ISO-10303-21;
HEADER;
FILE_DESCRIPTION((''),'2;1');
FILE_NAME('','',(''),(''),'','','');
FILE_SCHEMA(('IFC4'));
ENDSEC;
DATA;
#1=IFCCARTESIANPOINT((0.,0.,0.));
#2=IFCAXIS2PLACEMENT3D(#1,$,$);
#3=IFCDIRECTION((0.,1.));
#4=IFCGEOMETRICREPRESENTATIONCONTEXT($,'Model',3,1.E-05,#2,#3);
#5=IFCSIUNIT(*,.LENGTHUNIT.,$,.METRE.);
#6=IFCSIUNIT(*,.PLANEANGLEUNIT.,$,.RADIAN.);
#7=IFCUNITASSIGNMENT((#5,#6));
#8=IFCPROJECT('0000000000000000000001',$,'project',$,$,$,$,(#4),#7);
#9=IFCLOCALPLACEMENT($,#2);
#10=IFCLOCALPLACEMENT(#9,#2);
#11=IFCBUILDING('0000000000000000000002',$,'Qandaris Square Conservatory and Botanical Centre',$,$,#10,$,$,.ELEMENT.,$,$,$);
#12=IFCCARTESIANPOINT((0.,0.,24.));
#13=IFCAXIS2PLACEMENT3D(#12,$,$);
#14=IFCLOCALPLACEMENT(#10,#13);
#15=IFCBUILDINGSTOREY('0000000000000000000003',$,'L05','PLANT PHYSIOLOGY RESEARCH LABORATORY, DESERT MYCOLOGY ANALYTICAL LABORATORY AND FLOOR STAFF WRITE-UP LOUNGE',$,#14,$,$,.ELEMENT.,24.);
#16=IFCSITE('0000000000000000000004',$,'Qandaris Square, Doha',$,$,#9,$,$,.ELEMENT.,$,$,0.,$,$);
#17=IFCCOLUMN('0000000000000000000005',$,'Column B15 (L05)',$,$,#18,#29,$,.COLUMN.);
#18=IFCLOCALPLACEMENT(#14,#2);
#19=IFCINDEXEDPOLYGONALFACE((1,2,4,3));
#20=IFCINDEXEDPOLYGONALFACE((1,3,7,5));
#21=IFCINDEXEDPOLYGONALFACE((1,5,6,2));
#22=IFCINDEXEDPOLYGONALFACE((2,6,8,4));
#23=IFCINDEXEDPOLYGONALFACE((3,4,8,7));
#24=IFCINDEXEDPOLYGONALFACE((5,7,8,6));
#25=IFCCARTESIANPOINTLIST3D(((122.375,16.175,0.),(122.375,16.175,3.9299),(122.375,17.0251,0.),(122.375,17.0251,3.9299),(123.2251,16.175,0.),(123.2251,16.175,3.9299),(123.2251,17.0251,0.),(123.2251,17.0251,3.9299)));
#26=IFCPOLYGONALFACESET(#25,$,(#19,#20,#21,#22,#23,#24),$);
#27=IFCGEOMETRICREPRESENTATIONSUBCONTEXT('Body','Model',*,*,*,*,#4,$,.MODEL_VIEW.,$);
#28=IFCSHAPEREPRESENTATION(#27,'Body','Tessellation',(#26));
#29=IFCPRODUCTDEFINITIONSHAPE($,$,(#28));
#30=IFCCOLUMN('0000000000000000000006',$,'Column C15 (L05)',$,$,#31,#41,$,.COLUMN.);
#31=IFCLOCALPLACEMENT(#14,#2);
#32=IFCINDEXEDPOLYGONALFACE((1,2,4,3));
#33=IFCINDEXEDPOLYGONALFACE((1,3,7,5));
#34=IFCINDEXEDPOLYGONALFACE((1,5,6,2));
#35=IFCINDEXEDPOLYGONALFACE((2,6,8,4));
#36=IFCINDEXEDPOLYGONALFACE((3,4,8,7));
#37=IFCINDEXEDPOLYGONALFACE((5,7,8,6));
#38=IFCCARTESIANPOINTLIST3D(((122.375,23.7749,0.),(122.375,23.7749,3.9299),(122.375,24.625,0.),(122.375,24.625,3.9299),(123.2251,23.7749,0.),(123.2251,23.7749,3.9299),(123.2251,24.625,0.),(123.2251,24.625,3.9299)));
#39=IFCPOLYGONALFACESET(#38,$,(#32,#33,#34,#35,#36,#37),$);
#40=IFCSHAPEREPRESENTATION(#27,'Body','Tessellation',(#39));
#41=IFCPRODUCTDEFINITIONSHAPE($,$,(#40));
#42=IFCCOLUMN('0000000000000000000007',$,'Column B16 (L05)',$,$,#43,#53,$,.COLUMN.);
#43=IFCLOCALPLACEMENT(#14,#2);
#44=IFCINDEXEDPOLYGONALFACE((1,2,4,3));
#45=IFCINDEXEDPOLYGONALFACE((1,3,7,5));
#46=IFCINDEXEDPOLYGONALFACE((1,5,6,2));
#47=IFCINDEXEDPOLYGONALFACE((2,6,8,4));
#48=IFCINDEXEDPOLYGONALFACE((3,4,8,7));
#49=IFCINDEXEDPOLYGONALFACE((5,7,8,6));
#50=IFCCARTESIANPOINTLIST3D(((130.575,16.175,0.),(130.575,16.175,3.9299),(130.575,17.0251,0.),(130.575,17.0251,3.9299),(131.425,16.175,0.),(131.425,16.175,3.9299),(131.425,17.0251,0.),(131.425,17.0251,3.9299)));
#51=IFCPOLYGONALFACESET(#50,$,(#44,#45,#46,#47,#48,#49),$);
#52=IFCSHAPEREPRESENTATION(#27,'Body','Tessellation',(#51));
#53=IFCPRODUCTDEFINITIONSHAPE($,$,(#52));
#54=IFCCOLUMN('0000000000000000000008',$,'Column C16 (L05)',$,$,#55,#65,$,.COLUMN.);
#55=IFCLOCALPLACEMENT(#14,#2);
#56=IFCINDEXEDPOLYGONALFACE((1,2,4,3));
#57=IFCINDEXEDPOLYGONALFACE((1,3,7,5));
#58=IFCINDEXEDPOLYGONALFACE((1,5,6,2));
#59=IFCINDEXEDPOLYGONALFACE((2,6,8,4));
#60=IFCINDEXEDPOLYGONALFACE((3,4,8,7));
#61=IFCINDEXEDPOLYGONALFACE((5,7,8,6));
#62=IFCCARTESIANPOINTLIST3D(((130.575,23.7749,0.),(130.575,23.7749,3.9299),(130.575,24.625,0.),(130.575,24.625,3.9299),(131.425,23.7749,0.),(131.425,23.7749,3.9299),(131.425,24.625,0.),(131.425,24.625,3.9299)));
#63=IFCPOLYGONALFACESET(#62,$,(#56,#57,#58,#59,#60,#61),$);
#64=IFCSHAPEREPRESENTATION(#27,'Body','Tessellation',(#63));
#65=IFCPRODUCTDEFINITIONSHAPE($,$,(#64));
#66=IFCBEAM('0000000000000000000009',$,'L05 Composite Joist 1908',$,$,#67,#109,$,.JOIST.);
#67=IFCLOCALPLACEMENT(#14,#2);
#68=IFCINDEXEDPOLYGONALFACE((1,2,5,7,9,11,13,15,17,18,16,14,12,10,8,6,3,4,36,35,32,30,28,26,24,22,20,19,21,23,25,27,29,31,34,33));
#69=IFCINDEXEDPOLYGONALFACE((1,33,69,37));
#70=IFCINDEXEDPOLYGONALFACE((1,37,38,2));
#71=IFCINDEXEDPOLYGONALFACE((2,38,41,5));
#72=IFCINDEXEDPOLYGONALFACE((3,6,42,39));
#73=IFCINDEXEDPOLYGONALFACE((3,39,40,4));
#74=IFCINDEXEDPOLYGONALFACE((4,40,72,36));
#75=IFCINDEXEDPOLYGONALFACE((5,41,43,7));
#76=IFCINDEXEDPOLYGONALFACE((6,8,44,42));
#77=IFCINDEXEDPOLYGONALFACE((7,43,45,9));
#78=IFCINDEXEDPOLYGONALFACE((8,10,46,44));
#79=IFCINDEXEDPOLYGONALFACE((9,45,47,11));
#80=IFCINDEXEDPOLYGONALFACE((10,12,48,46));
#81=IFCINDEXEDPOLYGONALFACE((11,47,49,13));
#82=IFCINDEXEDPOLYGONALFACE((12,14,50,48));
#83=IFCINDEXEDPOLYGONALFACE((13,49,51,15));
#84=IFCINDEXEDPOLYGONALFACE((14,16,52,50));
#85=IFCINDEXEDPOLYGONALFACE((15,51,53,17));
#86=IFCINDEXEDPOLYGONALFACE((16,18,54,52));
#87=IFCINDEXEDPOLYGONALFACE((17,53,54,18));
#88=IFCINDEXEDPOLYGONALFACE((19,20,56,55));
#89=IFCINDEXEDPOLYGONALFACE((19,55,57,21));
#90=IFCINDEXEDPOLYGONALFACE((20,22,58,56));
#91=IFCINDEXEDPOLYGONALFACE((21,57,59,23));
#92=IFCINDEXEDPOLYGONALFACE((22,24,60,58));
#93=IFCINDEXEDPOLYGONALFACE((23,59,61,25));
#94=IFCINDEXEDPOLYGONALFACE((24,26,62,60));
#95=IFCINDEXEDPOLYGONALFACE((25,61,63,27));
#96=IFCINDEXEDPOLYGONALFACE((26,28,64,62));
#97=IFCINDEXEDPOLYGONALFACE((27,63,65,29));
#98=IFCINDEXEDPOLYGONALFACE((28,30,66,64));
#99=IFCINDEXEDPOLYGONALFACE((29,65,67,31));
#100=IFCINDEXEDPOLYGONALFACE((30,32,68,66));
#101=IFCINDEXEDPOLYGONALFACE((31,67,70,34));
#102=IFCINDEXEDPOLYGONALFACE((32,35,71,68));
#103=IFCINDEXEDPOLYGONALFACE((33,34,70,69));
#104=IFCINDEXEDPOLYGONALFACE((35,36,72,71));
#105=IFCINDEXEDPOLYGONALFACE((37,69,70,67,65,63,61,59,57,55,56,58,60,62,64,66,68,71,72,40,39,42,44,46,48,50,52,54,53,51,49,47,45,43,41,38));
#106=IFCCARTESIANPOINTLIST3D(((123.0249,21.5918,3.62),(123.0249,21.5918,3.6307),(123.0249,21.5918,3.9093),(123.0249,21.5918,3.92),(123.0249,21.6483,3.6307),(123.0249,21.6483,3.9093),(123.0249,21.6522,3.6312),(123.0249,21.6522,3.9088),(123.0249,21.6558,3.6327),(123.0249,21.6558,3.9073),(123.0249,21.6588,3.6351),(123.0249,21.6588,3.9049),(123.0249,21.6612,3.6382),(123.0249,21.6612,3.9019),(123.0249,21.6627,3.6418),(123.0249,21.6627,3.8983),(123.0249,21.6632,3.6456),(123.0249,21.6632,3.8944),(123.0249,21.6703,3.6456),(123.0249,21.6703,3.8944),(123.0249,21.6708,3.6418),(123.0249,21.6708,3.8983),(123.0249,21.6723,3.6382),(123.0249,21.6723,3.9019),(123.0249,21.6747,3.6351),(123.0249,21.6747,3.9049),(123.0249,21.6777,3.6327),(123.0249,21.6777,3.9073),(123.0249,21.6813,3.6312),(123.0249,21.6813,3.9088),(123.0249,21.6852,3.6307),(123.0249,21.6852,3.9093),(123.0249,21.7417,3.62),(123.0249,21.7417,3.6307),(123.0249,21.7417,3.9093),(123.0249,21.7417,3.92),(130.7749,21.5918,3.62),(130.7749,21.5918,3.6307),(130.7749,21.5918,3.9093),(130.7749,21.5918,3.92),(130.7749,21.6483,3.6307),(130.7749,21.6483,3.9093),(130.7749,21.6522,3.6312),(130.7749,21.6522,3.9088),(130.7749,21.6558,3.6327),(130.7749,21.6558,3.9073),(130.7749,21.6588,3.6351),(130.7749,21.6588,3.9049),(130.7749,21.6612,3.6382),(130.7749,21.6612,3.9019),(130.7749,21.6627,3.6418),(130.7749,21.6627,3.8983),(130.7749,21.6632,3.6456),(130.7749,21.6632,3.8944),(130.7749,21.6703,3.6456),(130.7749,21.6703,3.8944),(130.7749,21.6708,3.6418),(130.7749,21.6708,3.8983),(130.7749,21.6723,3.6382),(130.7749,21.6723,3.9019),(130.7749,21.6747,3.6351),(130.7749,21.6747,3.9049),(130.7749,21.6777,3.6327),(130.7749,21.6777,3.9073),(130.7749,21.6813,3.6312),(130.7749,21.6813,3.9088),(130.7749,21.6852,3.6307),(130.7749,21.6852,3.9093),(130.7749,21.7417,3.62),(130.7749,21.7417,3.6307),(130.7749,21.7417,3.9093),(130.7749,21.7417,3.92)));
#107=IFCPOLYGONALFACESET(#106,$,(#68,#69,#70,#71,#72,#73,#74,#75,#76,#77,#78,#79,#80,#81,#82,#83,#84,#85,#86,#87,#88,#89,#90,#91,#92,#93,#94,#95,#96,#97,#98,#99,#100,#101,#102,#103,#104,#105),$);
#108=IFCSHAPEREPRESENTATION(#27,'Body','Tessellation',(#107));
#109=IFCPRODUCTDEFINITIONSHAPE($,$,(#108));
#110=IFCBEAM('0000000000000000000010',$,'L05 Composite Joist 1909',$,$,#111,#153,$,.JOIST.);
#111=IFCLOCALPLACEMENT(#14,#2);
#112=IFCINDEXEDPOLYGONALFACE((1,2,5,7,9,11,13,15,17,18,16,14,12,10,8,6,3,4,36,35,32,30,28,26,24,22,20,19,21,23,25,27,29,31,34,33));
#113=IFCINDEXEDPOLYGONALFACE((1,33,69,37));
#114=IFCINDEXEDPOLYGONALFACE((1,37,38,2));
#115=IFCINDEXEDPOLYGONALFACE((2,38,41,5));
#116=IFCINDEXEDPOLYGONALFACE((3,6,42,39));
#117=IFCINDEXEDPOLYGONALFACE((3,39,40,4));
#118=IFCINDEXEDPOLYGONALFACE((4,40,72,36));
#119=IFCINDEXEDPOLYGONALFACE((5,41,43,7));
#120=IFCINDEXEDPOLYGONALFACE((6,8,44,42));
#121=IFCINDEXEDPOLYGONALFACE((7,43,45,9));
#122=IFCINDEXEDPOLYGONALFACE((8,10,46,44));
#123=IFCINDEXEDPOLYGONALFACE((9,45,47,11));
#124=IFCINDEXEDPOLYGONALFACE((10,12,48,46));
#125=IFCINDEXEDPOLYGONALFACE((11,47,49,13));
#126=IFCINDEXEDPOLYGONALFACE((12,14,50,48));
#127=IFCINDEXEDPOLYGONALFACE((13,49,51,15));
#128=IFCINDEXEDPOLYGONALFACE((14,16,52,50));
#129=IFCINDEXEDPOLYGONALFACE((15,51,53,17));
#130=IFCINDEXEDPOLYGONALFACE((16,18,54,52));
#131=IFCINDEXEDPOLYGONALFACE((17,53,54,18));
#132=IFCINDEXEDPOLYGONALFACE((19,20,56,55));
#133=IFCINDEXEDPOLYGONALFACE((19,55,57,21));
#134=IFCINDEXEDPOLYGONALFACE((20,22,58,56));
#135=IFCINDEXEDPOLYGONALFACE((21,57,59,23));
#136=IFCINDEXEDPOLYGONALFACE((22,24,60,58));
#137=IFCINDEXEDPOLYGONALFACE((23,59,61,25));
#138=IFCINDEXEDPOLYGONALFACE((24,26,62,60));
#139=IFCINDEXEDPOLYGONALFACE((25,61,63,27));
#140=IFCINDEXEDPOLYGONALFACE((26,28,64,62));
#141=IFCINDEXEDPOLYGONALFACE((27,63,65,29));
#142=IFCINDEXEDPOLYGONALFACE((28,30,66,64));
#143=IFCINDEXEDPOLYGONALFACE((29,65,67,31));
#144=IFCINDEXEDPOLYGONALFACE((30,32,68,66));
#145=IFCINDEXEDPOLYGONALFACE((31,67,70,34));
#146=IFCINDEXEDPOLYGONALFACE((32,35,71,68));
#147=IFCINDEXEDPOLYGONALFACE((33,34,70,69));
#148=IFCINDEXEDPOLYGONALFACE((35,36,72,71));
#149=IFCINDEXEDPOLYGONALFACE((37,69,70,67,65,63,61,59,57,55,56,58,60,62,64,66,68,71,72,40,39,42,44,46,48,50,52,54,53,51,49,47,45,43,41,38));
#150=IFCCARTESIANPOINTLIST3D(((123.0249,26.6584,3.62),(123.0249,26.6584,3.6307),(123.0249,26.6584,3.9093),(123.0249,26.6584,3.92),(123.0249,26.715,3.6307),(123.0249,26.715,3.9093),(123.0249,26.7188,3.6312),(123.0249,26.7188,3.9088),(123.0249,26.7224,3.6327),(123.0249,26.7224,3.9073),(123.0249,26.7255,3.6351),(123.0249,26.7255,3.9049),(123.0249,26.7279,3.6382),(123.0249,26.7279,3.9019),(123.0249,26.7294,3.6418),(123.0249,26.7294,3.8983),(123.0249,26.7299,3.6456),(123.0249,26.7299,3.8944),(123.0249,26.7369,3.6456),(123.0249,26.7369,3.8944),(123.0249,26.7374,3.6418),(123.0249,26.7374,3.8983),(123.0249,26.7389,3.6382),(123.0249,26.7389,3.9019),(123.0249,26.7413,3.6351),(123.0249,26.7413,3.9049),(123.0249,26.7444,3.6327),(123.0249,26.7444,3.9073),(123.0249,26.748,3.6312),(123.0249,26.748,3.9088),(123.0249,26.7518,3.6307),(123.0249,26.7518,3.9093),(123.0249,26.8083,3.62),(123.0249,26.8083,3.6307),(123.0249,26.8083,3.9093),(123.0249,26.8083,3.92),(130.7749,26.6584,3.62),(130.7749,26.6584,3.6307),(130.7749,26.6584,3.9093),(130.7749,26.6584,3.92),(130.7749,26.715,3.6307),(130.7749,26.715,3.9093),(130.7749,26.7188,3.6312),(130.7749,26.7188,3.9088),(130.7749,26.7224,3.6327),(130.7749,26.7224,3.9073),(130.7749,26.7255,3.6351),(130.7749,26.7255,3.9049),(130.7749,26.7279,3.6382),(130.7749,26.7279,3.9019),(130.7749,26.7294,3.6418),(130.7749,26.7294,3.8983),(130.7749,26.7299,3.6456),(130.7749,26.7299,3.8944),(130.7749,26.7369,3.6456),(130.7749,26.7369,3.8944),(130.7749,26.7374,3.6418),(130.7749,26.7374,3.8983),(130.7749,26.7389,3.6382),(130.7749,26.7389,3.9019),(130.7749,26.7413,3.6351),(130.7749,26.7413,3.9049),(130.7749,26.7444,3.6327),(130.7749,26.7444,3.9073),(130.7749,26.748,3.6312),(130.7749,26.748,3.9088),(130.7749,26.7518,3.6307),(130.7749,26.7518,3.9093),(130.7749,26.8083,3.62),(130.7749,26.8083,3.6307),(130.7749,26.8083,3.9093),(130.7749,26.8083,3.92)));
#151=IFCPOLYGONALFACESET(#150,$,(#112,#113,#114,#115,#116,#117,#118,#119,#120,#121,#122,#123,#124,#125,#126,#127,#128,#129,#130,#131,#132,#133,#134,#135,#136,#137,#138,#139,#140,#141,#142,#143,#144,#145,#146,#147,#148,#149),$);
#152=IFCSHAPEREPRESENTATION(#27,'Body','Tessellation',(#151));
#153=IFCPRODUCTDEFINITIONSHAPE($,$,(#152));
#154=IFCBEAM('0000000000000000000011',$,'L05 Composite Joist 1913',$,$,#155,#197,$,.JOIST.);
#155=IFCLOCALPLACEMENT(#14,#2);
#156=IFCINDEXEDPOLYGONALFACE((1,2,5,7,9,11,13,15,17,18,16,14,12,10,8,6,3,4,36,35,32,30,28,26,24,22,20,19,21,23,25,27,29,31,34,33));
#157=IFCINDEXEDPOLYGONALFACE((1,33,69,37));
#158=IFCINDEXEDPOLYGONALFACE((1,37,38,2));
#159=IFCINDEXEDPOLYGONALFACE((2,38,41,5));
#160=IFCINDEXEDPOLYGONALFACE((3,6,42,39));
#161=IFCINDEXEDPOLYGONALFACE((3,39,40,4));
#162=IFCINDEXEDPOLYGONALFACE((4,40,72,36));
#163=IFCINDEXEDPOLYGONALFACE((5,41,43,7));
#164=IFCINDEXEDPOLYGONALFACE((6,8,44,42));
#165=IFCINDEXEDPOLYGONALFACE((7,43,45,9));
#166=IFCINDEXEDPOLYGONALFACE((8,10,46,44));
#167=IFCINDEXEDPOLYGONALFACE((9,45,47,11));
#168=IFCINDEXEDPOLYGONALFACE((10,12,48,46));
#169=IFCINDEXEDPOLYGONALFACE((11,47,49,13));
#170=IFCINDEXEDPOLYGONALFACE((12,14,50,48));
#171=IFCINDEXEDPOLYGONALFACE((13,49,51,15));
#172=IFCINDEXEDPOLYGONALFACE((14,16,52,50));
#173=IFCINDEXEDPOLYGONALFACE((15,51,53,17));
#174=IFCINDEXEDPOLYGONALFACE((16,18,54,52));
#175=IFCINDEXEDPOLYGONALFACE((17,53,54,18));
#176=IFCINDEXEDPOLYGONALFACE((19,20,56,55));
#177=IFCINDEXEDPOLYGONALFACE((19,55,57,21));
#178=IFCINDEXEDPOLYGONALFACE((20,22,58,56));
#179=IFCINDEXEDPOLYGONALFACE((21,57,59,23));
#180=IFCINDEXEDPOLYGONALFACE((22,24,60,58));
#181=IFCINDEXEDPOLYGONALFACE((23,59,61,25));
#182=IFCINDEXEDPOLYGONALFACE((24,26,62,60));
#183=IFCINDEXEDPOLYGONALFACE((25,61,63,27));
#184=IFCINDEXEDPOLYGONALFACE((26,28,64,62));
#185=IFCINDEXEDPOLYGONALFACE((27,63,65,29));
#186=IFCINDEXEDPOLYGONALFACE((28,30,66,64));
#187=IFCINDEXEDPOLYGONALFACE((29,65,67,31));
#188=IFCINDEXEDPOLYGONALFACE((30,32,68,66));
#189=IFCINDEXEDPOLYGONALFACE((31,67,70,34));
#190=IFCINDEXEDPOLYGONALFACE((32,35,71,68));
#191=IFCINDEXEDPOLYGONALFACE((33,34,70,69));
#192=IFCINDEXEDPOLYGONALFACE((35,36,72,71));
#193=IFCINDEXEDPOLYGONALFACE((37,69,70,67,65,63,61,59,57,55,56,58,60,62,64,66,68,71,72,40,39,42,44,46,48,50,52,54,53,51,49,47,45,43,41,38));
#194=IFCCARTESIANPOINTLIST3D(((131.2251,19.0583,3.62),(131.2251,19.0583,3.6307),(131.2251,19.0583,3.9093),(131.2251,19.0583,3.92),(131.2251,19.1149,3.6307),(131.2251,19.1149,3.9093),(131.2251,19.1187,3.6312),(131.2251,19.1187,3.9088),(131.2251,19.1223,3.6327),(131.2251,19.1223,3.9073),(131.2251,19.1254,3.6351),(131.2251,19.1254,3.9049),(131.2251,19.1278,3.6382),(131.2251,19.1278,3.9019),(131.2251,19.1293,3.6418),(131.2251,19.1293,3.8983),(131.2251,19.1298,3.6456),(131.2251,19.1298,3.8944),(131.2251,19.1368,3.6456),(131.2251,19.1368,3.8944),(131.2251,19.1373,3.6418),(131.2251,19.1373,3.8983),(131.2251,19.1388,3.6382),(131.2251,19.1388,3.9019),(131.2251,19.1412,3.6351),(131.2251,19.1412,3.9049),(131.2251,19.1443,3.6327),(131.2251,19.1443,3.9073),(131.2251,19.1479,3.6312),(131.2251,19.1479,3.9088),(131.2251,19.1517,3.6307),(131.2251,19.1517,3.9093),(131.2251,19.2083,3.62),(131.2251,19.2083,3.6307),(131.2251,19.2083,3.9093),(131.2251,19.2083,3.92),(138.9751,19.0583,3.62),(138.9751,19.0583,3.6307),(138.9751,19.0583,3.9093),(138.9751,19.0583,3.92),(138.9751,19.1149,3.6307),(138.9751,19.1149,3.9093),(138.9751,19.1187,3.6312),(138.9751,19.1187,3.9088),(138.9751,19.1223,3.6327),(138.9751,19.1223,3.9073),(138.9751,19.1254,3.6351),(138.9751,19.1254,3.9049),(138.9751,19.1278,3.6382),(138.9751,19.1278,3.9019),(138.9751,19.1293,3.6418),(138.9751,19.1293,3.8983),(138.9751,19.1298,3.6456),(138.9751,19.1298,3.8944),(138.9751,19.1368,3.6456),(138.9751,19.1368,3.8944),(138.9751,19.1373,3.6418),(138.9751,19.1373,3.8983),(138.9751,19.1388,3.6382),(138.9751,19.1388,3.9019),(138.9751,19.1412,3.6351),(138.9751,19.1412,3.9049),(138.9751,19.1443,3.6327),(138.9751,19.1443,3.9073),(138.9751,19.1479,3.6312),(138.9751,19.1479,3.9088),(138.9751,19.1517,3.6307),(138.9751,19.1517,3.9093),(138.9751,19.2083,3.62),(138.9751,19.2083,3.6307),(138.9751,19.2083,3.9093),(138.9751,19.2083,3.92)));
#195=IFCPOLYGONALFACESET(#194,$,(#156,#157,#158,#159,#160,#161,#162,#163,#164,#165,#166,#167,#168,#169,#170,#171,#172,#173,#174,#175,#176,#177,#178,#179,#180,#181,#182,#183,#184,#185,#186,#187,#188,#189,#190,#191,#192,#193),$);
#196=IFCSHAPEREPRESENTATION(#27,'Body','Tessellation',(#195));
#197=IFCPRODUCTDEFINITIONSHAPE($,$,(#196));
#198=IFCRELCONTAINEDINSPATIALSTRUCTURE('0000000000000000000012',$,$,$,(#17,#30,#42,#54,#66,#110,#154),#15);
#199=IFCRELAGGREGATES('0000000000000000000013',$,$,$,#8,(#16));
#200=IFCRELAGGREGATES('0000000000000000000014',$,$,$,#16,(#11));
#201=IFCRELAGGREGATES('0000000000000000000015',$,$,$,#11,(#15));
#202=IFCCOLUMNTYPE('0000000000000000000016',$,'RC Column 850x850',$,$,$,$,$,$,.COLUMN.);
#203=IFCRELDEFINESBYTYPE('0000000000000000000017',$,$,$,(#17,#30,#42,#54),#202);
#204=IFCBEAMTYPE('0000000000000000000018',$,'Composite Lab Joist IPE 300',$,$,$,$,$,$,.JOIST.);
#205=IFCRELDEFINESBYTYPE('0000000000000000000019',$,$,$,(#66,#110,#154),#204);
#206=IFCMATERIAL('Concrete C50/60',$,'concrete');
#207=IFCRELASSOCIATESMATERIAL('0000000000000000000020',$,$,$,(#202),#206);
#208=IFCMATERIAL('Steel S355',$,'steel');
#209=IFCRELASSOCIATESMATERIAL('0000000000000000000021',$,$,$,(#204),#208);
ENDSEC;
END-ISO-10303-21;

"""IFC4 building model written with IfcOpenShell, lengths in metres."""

from ifc_helpers import new_model, si_unit, direction, frame, origin, origin_2d, place, context, subcontext, project, spatial, rectangle, i_section, extrude, material, material_profile, profile_set, type_object, element, save


model = new_model("IFC4")

# Units and contexts
model_context = context("Model", 3, precision=1e-05, world=origin(), true_north=direction((0.0, 1.0)))
body_context = subcontext(model_context, "Body", "Model", "MODEL_VIEW")
ifc_project = project(units=[si_unit("LENGTHUNIT", "METRE"), si_unit("PLANEANGLEUNIT", "RADIAN")], contexts=[model_context])

# Site, building, storey
site_placement = place(None, origin())
site = spatial("IfcSite", under=ifc_project, at=site_placement, Name="Qandaris Square, Doha", CompositionType="ELEMENT", RefElevation=0.0)
building_placement = place(site_placement, origin())
building = spatial("IfcBuilding", under=site, at=building_placement, Name="Qandaris Square Conservatory and Botanical Centre", CompositionType="ELEMENT")
storey_placement = place(building_placement, frame((0.0, 0.0, 24.0)))
storey = spatial("IfcBuildingStorey", under=building, at=storey_placement, Name="L05", Description="PLANT PHYSIOLOGY RESEARCH LABORATORY, DESERT MYCOLOGY ANALYTICAL LABORATORY AND FLOOR STAFF WRITE-UP LOUNGE", CompositionType="ELEMENT", Elevation=24.0)

# Columns
ifc_material_1 = material(Name="Concrete C50/60", Category="concrete")
ifc_material_profile_1 = material_profile(ifc_material_1, rectangle(XDim=0.8501, YDim=0.8501, at=origin_2d()), Name="RC-COL 850x850")
ifc_profile_set_1 = profile_set([ifc_material_profile_1], Name="Concrete C50/60")
column_type = type_object("IfcColumnType", Name="RC Column 850x850", PredefinedType="COLUMN", material=ifc_profile_set_1)
for number, where, z_axis, x_axis, name in (
    (1, (122.8, 16.6001, 0.0), (0.0, 0.0, 1.0), (1.0, 0.0, 0.0), "Column B15 (L05)"),
    (2, (122.8, 24.2, 0.0), (0.0, 0.0, 1.0), (1.0, 0.0, 0.0), "Column C15 (L05)"),
    (3, (131.0, 16.6001, 0.0), (0.0, 0.0, 1.0), (1.0, 0.0, 0.0), "Column B16 (L05)"),
    (4, (131.0, 24.2, 0.0), (0.0, 0.0, 1.0), (1.0, 0.0, 0.0), "Column C16 (L05)"),
):
    element("IfcColumn", number, at=place(storey_placement, frame(where, z_axis=z_axis, x_axis=x_axis)), inside=storey, type_object=column_type, Name=name, PredefinedType="COLUMN", context=body_context, shape_type="SweptSolid", body=[
        extrude(rectangle(XDim=0.8501, YDim=0.8501, at=origin_2d()), origin(), (0.0, 0.0, 1.0), 3.9299),
    ])

# Beams
ifc_material_2 = material(Name="Steel S355", Category="steel")
ifc_material_profile_2 = material_profile(ifc_material_2, i_section(OverallWidth=0.1499, OverallDepth=0.3, WebThickness=0.0071, FlangeThickness=0.0107, FilletRadius=0.0149, at=origin_2d()), Name="IPE 300")
ifc_profile_set_2 = profile_set([ifc_material_profile_2], Name="Steel S355")
beam_type_1 = type_object("IfcBeamType", Name="Composite Lab Joist IPE 300", PredefinedType="JOIST", material=ifc_profile_set_2)
for number, where, z_axis, x_axis, name in (
    (5, (123.0249, 21.6667, 3.77), (1.0, 0.0, 0.0), (0.0, 1.0, 0.0), "L05 Composite Joist 1908"),
    (6, (123.0249, 26.7334, 3.77), (1.0, 0.0, 0.0), (0.0, 1.0, 0.0), "L05 Composite Joist 1909"),
    (7, (131.2251, 19.1333, 3.77), (1.0, 0.0, 0.0), (0.0, 1.0, 0.0), "L05 Composite Joist 1913"),
):
    element("IfcBeam", number, at=place(storey_placement, frame(where, z_axis=z_axis, x_axis=x_axis)), inside=storey, type_object=beam_type_1, Name=name, PredefinedType="JOIST", context=body_context, shape_type="SweptSolid", body=[
        extrude(i_section(OverallWidth=0.1499, OverallDepth=0.3, WebThickness=0.0071, FlangeThickness=0.0107, FilletRadius=0.0149, at=origin_2d()), origin(), (0.0, 0.0, 1.0), 7.75),
    ])

save(model, "model.ifc")
